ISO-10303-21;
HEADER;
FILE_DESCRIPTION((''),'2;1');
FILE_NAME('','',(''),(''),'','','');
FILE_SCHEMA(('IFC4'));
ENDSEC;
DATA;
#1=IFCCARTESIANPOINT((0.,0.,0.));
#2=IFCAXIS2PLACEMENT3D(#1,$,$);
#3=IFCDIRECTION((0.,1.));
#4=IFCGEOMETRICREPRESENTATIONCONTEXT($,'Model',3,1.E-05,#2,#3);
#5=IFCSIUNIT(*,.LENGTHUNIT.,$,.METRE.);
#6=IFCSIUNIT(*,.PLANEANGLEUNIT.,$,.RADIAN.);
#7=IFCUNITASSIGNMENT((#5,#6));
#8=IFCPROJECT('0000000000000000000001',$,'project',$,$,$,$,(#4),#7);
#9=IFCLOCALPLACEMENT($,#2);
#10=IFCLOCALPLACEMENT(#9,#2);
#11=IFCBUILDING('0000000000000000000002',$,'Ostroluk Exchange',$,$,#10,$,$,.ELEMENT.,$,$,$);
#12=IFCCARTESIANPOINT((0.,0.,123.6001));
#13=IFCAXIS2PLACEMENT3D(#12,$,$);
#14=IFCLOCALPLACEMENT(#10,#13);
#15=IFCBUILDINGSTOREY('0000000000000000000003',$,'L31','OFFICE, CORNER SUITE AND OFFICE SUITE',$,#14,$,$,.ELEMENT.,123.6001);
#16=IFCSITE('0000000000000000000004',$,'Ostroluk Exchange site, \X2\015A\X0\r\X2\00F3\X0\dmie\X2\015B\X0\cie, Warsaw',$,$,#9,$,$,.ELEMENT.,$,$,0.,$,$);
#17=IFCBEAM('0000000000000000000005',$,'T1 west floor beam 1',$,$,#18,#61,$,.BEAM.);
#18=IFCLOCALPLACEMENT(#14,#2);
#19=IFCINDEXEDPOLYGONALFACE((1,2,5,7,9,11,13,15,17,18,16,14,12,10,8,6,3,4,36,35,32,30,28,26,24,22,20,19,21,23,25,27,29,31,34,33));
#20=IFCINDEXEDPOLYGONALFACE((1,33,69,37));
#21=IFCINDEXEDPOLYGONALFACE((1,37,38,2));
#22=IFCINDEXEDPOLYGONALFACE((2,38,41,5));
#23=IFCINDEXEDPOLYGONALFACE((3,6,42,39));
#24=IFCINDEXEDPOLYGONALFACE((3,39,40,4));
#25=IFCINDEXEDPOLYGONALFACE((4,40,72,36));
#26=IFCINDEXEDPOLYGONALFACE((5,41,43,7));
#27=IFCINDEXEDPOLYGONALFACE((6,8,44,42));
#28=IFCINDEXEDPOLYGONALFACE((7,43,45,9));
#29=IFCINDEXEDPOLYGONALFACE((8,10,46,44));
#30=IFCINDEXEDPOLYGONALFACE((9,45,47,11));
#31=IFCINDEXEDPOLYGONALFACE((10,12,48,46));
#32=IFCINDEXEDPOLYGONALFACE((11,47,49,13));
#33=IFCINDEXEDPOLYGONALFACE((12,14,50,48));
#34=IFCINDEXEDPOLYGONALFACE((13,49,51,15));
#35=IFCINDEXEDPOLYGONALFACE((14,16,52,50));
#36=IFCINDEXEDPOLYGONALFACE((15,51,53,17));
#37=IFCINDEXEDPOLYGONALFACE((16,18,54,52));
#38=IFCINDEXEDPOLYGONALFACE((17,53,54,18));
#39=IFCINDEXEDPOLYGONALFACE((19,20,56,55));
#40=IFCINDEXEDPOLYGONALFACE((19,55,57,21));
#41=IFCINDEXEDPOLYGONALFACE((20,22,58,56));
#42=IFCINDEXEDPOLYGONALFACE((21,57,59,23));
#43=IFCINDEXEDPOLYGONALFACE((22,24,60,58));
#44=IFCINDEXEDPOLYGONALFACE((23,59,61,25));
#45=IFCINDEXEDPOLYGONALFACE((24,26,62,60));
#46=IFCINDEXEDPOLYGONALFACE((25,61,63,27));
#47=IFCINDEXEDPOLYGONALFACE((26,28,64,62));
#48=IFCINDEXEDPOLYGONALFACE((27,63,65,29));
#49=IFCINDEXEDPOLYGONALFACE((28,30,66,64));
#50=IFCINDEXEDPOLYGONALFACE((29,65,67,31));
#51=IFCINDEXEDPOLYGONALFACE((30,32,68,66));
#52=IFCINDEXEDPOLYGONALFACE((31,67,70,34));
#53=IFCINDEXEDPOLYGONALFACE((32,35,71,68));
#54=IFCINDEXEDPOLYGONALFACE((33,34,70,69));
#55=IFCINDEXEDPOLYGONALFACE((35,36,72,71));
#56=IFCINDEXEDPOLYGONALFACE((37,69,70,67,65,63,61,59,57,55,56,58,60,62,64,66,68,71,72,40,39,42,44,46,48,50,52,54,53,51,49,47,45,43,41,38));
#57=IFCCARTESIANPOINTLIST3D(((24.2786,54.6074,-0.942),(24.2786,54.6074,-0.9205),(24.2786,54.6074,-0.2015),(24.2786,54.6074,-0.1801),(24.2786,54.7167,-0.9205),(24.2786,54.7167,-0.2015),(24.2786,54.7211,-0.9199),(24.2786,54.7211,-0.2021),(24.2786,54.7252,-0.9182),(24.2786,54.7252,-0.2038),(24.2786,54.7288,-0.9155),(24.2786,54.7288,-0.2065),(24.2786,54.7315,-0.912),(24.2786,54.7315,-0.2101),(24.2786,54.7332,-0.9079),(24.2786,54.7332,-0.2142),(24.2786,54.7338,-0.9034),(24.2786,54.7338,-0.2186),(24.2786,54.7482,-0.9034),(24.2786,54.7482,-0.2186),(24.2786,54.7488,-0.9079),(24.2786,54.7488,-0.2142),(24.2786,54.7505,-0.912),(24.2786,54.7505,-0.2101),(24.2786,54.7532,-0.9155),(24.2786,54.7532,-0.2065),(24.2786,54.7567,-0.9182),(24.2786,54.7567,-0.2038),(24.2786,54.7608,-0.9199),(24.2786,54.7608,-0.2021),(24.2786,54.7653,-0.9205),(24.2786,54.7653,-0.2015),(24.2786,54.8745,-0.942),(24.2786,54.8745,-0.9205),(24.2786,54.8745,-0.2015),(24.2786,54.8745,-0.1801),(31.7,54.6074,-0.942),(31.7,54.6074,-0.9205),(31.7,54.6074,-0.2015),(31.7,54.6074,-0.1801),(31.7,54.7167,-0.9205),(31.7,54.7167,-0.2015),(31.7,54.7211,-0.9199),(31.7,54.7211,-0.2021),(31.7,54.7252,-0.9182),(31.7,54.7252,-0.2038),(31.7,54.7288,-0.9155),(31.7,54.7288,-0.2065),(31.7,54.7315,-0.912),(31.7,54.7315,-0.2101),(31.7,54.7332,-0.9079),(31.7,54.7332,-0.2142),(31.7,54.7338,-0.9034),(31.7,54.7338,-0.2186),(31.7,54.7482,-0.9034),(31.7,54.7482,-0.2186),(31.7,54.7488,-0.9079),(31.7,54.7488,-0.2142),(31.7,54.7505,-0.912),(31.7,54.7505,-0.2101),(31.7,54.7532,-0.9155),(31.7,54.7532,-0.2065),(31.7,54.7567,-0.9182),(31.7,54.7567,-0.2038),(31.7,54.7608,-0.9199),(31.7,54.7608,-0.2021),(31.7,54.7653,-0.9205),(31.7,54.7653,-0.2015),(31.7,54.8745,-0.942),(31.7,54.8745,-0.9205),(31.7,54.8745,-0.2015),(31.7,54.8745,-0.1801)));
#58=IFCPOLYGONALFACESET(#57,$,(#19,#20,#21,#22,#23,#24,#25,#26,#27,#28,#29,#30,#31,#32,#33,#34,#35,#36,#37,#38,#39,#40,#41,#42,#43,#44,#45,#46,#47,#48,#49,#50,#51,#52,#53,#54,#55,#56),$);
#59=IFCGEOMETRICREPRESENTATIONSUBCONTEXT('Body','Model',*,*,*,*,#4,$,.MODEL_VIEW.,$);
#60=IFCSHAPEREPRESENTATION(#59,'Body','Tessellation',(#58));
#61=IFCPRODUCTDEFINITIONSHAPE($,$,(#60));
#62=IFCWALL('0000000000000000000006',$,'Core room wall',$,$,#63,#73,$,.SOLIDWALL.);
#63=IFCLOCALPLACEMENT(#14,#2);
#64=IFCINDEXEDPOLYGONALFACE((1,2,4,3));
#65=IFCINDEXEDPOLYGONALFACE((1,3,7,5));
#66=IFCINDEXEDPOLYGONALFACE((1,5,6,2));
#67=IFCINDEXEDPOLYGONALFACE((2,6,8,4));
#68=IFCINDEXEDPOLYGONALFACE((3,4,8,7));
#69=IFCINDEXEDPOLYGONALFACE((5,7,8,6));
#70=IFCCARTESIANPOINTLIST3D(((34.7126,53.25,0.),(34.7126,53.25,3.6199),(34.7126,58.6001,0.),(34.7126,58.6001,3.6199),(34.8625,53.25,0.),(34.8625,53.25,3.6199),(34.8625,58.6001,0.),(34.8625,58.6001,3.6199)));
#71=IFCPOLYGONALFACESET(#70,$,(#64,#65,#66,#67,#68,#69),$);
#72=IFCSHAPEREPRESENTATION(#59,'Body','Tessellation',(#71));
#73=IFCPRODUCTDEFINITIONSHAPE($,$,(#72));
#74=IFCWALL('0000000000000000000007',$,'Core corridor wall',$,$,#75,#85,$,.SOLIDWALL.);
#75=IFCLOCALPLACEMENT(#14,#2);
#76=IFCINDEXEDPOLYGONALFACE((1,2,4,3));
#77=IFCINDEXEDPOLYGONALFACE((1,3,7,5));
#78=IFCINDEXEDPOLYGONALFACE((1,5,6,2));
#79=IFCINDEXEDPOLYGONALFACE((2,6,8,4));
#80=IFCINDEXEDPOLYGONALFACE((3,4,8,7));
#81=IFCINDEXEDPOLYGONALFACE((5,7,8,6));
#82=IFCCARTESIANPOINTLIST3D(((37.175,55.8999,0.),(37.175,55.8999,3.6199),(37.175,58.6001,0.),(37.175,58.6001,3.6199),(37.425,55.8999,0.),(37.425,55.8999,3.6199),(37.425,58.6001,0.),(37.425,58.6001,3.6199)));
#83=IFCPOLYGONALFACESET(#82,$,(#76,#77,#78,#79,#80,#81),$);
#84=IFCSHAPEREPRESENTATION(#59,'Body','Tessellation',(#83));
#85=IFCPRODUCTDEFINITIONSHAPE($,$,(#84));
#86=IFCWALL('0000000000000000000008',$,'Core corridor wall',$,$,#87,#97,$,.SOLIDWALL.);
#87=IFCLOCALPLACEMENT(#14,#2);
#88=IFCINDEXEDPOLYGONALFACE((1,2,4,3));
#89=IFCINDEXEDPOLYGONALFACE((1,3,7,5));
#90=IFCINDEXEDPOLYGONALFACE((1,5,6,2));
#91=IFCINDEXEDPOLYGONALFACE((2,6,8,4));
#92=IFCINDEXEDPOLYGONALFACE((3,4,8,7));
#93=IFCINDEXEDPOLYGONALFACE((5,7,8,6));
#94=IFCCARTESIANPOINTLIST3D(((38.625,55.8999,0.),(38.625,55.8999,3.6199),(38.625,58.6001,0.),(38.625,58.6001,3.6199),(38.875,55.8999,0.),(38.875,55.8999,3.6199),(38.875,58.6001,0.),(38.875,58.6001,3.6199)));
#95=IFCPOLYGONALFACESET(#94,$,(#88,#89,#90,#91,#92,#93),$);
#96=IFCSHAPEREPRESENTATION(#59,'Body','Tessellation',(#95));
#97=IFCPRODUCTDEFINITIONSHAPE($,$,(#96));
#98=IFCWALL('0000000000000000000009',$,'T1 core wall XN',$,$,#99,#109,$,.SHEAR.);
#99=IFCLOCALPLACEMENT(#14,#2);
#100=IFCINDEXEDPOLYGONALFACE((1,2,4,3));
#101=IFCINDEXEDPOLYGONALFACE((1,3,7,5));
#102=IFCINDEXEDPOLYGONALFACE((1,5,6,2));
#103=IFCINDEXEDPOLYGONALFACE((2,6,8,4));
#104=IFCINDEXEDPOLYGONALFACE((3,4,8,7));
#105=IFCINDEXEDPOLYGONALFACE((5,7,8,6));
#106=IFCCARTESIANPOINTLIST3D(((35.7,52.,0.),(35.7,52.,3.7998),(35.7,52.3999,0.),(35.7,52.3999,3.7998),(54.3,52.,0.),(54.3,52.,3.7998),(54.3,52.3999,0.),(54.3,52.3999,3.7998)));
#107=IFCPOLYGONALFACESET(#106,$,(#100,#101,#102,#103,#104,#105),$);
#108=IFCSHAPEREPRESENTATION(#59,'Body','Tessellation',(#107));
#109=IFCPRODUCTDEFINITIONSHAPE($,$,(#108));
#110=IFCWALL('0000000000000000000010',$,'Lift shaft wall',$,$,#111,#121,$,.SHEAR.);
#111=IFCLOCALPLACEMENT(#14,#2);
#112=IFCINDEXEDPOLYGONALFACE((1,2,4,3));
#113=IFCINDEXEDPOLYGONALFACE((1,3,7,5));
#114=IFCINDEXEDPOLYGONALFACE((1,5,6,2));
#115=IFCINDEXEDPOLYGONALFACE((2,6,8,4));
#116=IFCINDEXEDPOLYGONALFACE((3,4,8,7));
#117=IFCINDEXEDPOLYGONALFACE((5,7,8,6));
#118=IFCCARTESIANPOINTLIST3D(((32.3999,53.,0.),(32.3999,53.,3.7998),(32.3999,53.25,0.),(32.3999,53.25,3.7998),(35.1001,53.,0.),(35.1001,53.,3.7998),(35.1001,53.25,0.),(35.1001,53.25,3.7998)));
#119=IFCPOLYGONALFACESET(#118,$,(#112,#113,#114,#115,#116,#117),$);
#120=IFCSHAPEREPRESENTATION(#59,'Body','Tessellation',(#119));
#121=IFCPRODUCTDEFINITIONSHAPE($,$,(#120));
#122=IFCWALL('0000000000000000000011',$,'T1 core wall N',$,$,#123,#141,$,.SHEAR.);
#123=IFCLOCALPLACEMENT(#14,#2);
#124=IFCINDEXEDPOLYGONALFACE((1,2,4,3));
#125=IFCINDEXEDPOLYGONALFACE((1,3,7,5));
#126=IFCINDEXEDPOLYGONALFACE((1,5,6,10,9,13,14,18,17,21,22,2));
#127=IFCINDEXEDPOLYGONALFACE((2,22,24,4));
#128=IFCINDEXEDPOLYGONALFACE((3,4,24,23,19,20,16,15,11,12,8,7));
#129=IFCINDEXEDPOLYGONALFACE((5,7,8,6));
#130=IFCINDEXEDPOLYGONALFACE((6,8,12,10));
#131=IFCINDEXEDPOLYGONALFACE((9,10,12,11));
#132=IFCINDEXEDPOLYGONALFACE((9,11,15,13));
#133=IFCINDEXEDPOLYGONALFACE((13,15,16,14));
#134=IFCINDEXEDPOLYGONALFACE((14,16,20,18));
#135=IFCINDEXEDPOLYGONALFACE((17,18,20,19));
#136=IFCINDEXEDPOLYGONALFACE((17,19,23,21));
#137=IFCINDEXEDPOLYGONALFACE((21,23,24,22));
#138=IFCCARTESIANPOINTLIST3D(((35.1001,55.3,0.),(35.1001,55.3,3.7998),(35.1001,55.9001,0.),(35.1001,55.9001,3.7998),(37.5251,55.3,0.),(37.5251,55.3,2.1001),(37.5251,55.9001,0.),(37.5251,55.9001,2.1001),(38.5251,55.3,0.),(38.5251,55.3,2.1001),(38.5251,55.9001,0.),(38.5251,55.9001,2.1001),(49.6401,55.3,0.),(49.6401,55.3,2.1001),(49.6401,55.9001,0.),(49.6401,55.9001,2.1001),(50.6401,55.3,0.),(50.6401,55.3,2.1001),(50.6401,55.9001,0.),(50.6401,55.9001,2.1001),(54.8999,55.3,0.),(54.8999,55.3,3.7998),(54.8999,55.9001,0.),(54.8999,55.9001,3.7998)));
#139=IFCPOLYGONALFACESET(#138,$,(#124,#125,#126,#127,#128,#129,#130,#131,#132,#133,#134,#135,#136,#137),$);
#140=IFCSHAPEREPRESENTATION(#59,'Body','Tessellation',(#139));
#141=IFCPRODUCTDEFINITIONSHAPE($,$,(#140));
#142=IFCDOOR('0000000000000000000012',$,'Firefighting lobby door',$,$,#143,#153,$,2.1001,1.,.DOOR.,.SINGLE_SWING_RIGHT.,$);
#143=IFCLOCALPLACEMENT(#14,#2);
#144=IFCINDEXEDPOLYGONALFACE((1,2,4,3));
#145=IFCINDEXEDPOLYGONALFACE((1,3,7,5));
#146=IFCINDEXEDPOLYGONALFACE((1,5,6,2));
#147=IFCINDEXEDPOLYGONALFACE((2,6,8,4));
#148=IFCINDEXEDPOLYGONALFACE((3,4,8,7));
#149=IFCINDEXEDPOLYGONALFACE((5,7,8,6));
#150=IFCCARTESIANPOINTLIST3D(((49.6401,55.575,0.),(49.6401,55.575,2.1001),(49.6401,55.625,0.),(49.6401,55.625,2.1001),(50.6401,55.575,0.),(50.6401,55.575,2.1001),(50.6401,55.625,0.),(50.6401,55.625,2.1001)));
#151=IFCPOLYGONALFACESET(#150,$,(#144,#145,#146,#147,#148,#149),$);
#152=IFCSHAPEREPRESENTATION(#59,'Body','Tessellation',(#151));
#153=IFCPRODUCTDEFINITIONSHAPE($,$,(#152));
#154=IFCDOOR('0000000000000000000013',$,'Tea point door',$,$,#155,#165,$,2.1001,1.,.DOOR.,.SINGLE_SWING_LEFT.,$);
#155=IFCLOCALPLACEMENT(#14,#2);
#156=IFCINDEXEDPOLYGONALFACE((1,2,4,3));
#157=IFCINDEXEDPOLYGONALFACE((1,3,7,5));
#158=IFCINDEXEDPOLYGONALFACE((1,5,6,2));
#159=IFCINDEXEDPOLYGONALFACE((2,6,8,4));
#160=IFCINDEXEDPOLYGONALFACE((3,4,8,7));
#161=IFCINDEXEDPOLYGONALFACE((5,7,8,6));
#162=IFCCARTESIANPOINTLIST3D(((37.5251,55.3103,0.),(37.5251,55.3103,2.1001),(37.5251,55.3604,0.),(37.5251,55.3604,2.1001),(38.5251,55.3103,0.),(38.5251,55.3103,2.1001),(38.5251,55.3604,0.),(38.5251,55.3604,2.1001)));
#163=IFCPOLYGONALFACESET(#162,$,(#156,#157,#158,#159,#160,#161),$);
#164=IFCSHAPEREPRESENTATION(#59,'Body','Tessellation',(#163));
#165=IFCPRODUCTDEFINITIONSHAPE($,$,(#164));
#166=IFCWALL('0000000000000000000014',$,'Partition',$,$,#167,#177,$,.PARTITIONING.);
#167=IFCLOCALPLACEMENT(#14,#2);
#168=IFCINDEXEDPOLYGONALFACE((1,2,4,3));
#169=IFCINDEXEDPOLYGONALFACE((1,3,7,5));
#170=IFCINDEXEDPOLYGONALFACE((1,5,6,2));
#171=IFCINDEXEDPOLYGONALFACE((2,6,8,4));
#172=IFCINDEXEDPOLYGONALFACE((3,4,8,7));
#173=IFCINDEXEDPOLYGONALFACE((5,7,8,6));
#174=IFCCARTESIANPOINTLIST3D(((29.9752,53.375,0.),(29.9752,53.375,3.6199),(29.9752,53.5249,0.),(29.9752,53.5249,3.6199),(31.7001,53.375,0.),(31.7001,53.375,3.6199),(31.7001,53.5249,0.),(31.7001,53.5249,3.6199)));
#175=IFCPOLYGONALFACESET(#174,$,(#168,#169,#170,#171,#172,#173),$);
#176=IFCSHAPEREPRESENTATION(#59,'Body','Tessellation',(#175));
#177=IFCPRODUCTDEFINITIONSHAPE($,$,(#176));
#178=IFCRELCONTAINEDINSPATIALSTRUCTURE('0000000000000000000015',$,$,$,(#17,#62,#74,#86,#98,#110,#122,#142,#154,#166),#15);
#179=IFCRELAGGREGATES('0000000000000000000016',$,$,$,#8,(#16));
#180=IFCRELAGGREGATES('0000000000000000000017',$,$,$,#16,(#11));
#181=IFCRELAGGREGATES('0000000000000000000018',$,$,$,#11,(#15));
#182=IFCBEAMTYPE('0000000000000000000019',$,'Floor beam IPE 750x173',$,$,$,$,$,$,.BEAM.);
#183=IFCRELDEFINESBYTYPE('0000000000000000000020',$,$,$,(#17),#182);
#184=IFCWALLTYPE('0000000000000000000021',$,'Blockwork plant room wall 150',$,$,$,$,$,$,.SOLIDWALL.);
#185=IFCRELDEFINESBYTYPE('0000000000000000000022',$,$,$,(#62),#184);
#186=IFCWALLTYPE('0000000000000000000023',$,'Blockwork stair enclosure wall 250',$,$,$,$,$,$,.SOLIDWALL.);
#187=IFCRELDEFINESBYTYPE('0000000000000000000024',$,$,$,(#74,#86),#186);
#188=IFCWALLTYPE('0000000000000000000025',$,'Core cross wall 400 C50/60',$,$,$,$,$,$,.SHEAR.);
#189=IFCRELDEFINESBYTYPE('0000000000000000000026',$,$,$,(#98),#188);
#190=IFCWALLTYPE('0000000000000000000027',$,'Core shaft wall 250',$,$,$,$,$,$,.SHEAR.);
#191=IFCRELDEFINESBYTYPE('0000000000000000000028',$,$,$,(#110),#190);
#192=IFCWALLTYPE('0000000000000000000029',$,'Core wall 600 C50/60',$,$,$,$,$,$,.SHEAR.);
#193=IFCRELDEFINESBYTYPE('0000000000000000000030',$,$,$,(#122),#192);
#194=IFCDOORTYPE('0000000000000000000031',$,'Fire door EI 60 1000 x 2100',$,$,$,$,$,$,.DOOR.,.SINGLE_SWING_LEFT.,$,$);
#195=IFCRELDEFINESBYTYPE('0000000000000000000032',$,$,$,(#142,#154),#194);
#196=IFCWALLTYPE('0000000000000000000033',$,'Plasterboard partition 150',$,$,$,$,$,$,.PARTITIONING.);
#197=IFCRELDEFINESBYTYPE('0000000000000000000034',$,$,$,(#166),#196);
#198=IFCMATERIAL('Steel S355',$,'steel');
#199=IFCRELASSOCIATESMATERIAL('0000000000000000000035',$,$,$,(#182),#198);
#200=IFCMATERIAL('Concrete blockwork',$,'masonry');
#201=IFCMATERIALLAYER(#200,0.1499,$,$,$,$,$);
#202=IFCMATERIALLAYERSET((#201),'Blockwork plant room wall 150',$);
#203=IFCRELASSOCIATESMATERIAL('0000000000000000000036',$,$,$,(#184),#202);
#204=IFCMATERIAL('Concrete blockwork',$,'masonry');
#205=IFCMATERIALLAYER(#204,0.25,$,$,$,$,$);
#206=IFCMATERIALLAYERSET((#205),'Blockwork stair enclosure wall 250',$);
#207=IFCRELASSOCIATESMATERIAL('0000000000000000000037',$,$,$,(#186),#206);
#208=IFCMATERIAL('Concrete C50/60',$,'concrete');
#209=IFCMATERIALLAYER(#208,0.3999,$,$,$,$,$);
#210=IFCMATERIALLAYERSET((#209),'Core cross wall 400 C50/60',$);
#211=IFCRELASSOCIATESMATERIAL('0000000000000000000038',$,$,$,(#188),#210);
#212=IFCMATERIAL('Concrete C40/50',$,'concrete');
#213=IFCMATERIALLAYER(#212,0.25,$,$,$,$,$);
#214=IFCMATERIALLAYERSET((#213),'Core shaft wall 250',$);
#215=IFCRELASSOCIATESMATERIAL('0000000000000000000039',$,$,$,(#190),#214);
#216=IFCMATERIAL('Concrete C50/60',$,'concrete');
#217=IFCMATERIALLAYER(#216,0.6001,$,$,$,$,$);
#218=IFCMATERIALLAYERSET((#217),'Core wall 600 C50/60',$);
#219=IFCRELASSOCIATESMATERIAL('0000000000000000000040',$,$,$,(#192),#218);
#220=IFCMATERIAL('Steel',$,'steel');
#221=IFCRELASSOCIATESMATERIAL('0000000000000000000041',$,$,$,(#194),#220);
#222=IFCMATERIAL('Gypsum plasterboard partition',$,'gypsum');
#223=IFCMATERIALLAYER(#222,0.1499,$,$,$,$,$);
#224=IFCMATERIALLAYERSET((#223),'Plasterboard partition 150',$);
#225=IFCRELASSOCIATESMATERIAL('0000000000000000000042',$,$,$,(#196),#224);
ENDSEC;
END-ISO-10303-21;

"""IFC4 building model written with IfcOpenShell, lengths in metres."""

from ifc_helpers import new_model, si_unit, direction, frame, frame_2d, origin, origin_2d, place, context, subcontext, project, spatial, rectangle, i_section, extrude, material, layer, layer_set, material_profile, profile_set, type_object, element, fill, save


model = new_model("IFC4")

# Units and contexts
model_context = context("Model", 3, precision=1e-05, world=origin(), true_north=direction((0.0, 1.0)))
body_context = subcontext(model_context, "Body", "Model", "MODEL_VIEW")
ifc_project = project(units=[si_unit("LENGTHUNIT", "METRE"), si_unit("PLANEANGLEUNIT", "RADIAN")], contexts=[model_context])

# Site, building, storey
site_placement = place(None, origin())
site = spatial("IfcSite", under=ifc_project, at=site_placement, Name="Ostroluk Exchange site, Śródmieście, Warsaw", CompositionType="ELEMENT", RefElevation=0.0)
building_placement = place(site_placement, origin())
building = spatial("IfcBuilding", under=site, at=building_placement, Name="Ostroluk Exchange", CompositionType="ELEMENT")
storey_placement = place(building_placement, frame((0.0, 0.0, 123.6001)))
storey = spatial("IfcBuildingStorey", under=building, at=storey_placement, Name="L31", Description="OFFICE, CORNER SUITE AND OFFICE SUITE", CompositionType="ELEMENT", Elevation=123.6001)

# Beam
ifc_material_1 = material(Name="Steel S355", Category="steel")
ifc_material_profile = material_profile(ifc_material_1, i_section(OverallWidth=0.2671, OverallDepth=0.762, WebThickness=0.0144, FlangeThickness=0.0215, FilletRadius=0.0171, at=origin_2d()), Name="IPE 750x173")
ifc_profile_set = profile_set([ifc_material_profile], Name="Steel S355")
beam_type = type_object("IfcBeamType", Name="Floor beam IPE 750x173", PredefinedType="BEAM", material=ifc_profile_set)
beam_placement = place(storey_placement, frame((31.7, 54.741, -0.561), z_axis=(-1.0, 0.0, 0.0), x_axis=(0.0, -1.0, 0.0)))
element("IfcBeam", 1, at=beam_placement, inside=storey, type_object=beam_type, Name="T1 west floor beam 1", PredefinedType="BEAM", context=body_context, shape_type="SweptSolid", body=[
    extrude(i_section(OverallWidth=0.2671, OverallDepth=0.762, WebThickness=0.0144, FlangeThickness=0.0215, FilletRadius=0.0171, at=origin_2d()), origin(), (0.0, 0.0, 1.0), 7.4214),
])

# Walls
ifc_material_2 = material(Name="Concrete blockwork", Category="masonry")
ifc_layer_1 = layer(ifc_material_2, 0.1499)
ifc_layer_set_1 = layer_set([ifc_layer_1], Name="Blockwork plant room wall 150")
wall_type_1 = type_object("IfcWallType", Name="Blockwork plant room wall 150", PredefinedType="SOLIDWALL", material=ifc_layer_set_1)
wall_1_placement = place(storey_placement, frame((34.7876, 53.25, 0.0), z_axis=(0.0, 0.0, 1.0), x_axis=(0.0, 1.0, 0.0)))
element("IfcWall", 2, at=wall_1_placement, inside=storey, type_object=wall_type_1, Name="Core room wall", PredefinedType="SOLIDWALL", context=body_context, shape_type="SweptSolid", body=[
    extrude(rectangle(XDim=5.3501, YDim=0.1499, at=frame_2d((2.675, 0.0))), origin(), (0.0, 0.0, 1.0), 3.6199),
])
ifc_material_3 = material(Name="Concrete blockwork", Category="masonry")
ifc_layer_2 = layer(ifc_material_3, 0.25)
ifc_layer_set_2 = layer_set([ifc_layer_2], Name="Blockwork stair enclosure wall 250")
wall_type_2 = type_object("IfcWallType", Name="Blockwork stair enclosure wall 250", PredefinedType="SOLIDWALL", material=ifc_layer_set_2)
for number, where, z_axis, x_axis, name in (
    (3, (37.3, 55.8999, 0.0), (0.0, 0.0, 1.0), (0.0, 1.0, 0.0), "Core corridor wall"),
    (4, (38.75, 55.8999, 0.0), (0.0, 0.0, 1.0), (0.0, 1.0, 0.0), "Core corridor wall"),
):
    element("IfcWall", number, at=place(storey_placement, frame(where, z_axis=z_axis, x_axis=x_axis)), inside=storey, type_object=wall_type_2, Name=name, PredefinedType="SOLIDWALL", context=body_context, shape_type="SweptSolid", body=[
        extrude(rectangle(XDim=2.7002, YDim=0.25, at=frame_2d((1.3501, 0.0))), origin(), (0.0, 0.0, 1.0), 3.6199),
    ])
ifc_material_4 = material(Name="Concrete C50/60", Category="concrete")
ifc_layer_3 = layer(ifc_material_4, 0.3999)
ifc_layer_set_3 = layer_set([ifc_layer_3], Name="Core cross wall 400 C50/60")
wall_type_3 = type_object("IfcWallType", Name="Core cross wall 400 C50/60", PredefinedType="SHEAR", material=ifc_layer_set_3)
wall_2_placement = place(storey_placement, frame((35.7, 52.2, 0.0), z_axis=(0.0, 0.0, 1.0), x_axis=(1.0, 0.0, 0.0)))
element("IfcWall", 5, at=wall_2_placement, inside=storey, type_object=wall_type_3, Name="T1 core wall XN", PredefinedType="SHEAR", context=body_context, shape_type="SweptSolid", body=[
    extrude(rectangle(XDim=18.6001, YDim=0.3999, at=frame_2d((9.3, 0.0))), origin(), (0.0, 0.0, 1.0), 3.7998),
])
ifc_material_5 = material(Name="Concrete C40/50", Category="concrete")
ifc_layer_4 = layer(ifc_material_5, 0.25)
ifc_layer_set_4 = layer_set([ifc_layer_4], Name="Core shaft wall 250")
wall_type_4 = type_object("IfcWallType", Name="Core shaft wall 250", PredefinedType="SHEAR", material=ifc_layer_set_4)
wall_3_placement = place(storey_placement, frame((32.3999, 53.125, 0.0), z_axis=(0.0, 0.0, 1.0), x_axis=(1.0, 0.0, 0.0)))
element("IfcWall", 6, at=wall_3_placement, inside=storey, type_object=wall_type_4, Name="Lift shaft wall", PredefinedType="SHEAR", context=body_context, shape_type="SweptSolid", body=[
    extrude(rectangle(XDim=2.7002, YDim=0.25, at=frame_2d((1.3501, 0.0))), origin(), (0.0, 0.0, 1.0), 3.7998),
])

# Wall, openings, doors
ifc_material_6 = material(Name="Concrete C50/60", Category="concrete")
ifc_layer_5 = layer(ifc_material_6, 0.6001)
ifc_layer_set_5 = layer_set([ifc_layer_5], Name="Core wall 600 C50/60")
wall_type_5 = type_object("IfcWallType", Name="Core wall 600 C50/60", PredefinedType="SHEAR", material=ifc_layer_set_5)
wall_4_placement = place(storey_placement, frame((35.1001, 55.6001, 0.0), z_axis=(0.0, 0.0, 1.0), x_axis=(1.0, 0.0, 0.0)))
wall_4 = element("IfcWall", 7, at=wall_4_placement, inside=storey, type_object=wall_type_5, Name="T1 core wall N", PredefinedType="SHEAR", context=body_context, shape_type="SweptSolid", body=[
    extrude(rectangle(XDim=19.7998, YDim=0.6001, at=frame_2d((9.8999, 0.0))), origin(), (0.0, 0.0, 1.0), 3.7998),
])
opening_1_placement = place(wall_4_placement, frame((14.54, 0.0, 0.0)))
opening_1 = element("IfcOpeningElement", 8, at=opening_1_placement, cuts=wall_4, PredefinedType="OPENING", context=body_context, shape_type="SweptSolid", body=[
    extrude(rectangle(XDim=1.0, YDim=2.1001, at=frame_2d((0.5, 1.05))), frame((0.0, 0.3101, 0.0), z_axis=(0.0, -1.0, 0.0), x_axis=(1.0, 0.0, 0.0)), (0.0, 0.0, 1.0), 0.6201),
])
opening_2_placement = place(wall_4_placement, frame((2.425, 0.0, 0.0)))
opening_2 = element("IfcOpeningElement", 9, at=opening_2_placement, cuts=wall_4, PredefinedType="OPENING", context=body_context, shape_type="SweptSolid", body=[
    extrude(rectangle(XDim=1.0, YDim=2.1001, at=frame_2d((0.5, 1.05))), frame((0.0, 0.3101, 0.0), z_axis=(0.0, -1.0, 0.0), x_axis=(1.0, 0.0, 0.0)), (0.0, 0.0, 1.0), 0.6201),
])
ifc_material_7 = material(Name="Steel", Category="steel")
door_type = type_object("IfcDoorType", Name="Fire door EI 60 1000 x 2100", OperationType="SINGLE_SWING_LEFT", PredefinedType="DOOR", material=ifc_material_7)
door_1_placement = place(opening_1_placement, origin())
door_1 = element("IfcDoor", 10, at=door_1_placement, inside=storey, type_object=door_type, Name="Firefighting lobby door", OperationType="SINGLE_SWING_RIGHT", OverallHeight=2.1001, OverallWidth=1.0, PredefinedType="DOOR", context=body_context, shape_type="SweptSolid", body=[
    extrude(rectangle(XDim=1.0, YDim=2.1001, at=frame_2d((0.5, 1.05))), frame((0.0, 0.0249, 0.0), z_axis=(0.0, -1.0, 0.0), x_axis=(1.0, 0.0, 0.0)), (0.0, 0.0, 1.0), 0.05),
])
fill(opening_1, door_1)
door_2_placement = place(opening_2_placement, origin())
door_2 = element("IfcDoor", 11, at=door_2_placement, inside=storey, type_object=door_type, Name="Tea point door", OperationType="SINGLE_SWING_LEFT", OverallHeight=2.1001, OverallWidth=1.0, PredefinedType="DOOR", context=body_context, shape_type="SweptSolid", body=[
    extrude(rectangle(XDim=1.0, YDim=2.1001, at=frame_2d((0.5, 1.05))), frame((0.0, -0.2397, 0.0), z_axis=(0.0, -1.0, 0.0), x_axis=(1.0, 0.0, 0.0)), (0.0, 0.0, 1.0), 0.05),
])
fill(opening_2, door_2)

# Wall
ifc_material_8 = material(Name="Gypsum plasterboard partition", Category="gypsum")
ifc_layer_6 = layer(ifc_material_8, 0.1499)
ifc_layer_set_6 = layer_set([ifc_layer_6], Name="Plasterboard partition 150")
wall_type_6 = type_object("IfcWallType", Name="Plasterboard partition 150", PredefinedType="PARTITIONING", material=ifc_layer_set_6)
wall_5_placement = place(storey_placement, frame((31.7, 53.45, 0.0), z_axis=(0.0, 0.0, 1.0), x_axis=(-1.0, 0.0, 0.0)))
element("IfcWall", 12, at=wall_5_placement, inside=storey, type_object=wall_type_6, Name="Partition", PredefinedType="PARTITIONING", context=body_context, shape_type="SweptSolid", body=[
    extrude(rectangle(XDim=1.7249, YDim=0.1499, at=frame_2d((0.8623, 0.0))), origin(), (0.0, 0.0, 1.0), 3.6199),
])

save(model, "model.ifc")
